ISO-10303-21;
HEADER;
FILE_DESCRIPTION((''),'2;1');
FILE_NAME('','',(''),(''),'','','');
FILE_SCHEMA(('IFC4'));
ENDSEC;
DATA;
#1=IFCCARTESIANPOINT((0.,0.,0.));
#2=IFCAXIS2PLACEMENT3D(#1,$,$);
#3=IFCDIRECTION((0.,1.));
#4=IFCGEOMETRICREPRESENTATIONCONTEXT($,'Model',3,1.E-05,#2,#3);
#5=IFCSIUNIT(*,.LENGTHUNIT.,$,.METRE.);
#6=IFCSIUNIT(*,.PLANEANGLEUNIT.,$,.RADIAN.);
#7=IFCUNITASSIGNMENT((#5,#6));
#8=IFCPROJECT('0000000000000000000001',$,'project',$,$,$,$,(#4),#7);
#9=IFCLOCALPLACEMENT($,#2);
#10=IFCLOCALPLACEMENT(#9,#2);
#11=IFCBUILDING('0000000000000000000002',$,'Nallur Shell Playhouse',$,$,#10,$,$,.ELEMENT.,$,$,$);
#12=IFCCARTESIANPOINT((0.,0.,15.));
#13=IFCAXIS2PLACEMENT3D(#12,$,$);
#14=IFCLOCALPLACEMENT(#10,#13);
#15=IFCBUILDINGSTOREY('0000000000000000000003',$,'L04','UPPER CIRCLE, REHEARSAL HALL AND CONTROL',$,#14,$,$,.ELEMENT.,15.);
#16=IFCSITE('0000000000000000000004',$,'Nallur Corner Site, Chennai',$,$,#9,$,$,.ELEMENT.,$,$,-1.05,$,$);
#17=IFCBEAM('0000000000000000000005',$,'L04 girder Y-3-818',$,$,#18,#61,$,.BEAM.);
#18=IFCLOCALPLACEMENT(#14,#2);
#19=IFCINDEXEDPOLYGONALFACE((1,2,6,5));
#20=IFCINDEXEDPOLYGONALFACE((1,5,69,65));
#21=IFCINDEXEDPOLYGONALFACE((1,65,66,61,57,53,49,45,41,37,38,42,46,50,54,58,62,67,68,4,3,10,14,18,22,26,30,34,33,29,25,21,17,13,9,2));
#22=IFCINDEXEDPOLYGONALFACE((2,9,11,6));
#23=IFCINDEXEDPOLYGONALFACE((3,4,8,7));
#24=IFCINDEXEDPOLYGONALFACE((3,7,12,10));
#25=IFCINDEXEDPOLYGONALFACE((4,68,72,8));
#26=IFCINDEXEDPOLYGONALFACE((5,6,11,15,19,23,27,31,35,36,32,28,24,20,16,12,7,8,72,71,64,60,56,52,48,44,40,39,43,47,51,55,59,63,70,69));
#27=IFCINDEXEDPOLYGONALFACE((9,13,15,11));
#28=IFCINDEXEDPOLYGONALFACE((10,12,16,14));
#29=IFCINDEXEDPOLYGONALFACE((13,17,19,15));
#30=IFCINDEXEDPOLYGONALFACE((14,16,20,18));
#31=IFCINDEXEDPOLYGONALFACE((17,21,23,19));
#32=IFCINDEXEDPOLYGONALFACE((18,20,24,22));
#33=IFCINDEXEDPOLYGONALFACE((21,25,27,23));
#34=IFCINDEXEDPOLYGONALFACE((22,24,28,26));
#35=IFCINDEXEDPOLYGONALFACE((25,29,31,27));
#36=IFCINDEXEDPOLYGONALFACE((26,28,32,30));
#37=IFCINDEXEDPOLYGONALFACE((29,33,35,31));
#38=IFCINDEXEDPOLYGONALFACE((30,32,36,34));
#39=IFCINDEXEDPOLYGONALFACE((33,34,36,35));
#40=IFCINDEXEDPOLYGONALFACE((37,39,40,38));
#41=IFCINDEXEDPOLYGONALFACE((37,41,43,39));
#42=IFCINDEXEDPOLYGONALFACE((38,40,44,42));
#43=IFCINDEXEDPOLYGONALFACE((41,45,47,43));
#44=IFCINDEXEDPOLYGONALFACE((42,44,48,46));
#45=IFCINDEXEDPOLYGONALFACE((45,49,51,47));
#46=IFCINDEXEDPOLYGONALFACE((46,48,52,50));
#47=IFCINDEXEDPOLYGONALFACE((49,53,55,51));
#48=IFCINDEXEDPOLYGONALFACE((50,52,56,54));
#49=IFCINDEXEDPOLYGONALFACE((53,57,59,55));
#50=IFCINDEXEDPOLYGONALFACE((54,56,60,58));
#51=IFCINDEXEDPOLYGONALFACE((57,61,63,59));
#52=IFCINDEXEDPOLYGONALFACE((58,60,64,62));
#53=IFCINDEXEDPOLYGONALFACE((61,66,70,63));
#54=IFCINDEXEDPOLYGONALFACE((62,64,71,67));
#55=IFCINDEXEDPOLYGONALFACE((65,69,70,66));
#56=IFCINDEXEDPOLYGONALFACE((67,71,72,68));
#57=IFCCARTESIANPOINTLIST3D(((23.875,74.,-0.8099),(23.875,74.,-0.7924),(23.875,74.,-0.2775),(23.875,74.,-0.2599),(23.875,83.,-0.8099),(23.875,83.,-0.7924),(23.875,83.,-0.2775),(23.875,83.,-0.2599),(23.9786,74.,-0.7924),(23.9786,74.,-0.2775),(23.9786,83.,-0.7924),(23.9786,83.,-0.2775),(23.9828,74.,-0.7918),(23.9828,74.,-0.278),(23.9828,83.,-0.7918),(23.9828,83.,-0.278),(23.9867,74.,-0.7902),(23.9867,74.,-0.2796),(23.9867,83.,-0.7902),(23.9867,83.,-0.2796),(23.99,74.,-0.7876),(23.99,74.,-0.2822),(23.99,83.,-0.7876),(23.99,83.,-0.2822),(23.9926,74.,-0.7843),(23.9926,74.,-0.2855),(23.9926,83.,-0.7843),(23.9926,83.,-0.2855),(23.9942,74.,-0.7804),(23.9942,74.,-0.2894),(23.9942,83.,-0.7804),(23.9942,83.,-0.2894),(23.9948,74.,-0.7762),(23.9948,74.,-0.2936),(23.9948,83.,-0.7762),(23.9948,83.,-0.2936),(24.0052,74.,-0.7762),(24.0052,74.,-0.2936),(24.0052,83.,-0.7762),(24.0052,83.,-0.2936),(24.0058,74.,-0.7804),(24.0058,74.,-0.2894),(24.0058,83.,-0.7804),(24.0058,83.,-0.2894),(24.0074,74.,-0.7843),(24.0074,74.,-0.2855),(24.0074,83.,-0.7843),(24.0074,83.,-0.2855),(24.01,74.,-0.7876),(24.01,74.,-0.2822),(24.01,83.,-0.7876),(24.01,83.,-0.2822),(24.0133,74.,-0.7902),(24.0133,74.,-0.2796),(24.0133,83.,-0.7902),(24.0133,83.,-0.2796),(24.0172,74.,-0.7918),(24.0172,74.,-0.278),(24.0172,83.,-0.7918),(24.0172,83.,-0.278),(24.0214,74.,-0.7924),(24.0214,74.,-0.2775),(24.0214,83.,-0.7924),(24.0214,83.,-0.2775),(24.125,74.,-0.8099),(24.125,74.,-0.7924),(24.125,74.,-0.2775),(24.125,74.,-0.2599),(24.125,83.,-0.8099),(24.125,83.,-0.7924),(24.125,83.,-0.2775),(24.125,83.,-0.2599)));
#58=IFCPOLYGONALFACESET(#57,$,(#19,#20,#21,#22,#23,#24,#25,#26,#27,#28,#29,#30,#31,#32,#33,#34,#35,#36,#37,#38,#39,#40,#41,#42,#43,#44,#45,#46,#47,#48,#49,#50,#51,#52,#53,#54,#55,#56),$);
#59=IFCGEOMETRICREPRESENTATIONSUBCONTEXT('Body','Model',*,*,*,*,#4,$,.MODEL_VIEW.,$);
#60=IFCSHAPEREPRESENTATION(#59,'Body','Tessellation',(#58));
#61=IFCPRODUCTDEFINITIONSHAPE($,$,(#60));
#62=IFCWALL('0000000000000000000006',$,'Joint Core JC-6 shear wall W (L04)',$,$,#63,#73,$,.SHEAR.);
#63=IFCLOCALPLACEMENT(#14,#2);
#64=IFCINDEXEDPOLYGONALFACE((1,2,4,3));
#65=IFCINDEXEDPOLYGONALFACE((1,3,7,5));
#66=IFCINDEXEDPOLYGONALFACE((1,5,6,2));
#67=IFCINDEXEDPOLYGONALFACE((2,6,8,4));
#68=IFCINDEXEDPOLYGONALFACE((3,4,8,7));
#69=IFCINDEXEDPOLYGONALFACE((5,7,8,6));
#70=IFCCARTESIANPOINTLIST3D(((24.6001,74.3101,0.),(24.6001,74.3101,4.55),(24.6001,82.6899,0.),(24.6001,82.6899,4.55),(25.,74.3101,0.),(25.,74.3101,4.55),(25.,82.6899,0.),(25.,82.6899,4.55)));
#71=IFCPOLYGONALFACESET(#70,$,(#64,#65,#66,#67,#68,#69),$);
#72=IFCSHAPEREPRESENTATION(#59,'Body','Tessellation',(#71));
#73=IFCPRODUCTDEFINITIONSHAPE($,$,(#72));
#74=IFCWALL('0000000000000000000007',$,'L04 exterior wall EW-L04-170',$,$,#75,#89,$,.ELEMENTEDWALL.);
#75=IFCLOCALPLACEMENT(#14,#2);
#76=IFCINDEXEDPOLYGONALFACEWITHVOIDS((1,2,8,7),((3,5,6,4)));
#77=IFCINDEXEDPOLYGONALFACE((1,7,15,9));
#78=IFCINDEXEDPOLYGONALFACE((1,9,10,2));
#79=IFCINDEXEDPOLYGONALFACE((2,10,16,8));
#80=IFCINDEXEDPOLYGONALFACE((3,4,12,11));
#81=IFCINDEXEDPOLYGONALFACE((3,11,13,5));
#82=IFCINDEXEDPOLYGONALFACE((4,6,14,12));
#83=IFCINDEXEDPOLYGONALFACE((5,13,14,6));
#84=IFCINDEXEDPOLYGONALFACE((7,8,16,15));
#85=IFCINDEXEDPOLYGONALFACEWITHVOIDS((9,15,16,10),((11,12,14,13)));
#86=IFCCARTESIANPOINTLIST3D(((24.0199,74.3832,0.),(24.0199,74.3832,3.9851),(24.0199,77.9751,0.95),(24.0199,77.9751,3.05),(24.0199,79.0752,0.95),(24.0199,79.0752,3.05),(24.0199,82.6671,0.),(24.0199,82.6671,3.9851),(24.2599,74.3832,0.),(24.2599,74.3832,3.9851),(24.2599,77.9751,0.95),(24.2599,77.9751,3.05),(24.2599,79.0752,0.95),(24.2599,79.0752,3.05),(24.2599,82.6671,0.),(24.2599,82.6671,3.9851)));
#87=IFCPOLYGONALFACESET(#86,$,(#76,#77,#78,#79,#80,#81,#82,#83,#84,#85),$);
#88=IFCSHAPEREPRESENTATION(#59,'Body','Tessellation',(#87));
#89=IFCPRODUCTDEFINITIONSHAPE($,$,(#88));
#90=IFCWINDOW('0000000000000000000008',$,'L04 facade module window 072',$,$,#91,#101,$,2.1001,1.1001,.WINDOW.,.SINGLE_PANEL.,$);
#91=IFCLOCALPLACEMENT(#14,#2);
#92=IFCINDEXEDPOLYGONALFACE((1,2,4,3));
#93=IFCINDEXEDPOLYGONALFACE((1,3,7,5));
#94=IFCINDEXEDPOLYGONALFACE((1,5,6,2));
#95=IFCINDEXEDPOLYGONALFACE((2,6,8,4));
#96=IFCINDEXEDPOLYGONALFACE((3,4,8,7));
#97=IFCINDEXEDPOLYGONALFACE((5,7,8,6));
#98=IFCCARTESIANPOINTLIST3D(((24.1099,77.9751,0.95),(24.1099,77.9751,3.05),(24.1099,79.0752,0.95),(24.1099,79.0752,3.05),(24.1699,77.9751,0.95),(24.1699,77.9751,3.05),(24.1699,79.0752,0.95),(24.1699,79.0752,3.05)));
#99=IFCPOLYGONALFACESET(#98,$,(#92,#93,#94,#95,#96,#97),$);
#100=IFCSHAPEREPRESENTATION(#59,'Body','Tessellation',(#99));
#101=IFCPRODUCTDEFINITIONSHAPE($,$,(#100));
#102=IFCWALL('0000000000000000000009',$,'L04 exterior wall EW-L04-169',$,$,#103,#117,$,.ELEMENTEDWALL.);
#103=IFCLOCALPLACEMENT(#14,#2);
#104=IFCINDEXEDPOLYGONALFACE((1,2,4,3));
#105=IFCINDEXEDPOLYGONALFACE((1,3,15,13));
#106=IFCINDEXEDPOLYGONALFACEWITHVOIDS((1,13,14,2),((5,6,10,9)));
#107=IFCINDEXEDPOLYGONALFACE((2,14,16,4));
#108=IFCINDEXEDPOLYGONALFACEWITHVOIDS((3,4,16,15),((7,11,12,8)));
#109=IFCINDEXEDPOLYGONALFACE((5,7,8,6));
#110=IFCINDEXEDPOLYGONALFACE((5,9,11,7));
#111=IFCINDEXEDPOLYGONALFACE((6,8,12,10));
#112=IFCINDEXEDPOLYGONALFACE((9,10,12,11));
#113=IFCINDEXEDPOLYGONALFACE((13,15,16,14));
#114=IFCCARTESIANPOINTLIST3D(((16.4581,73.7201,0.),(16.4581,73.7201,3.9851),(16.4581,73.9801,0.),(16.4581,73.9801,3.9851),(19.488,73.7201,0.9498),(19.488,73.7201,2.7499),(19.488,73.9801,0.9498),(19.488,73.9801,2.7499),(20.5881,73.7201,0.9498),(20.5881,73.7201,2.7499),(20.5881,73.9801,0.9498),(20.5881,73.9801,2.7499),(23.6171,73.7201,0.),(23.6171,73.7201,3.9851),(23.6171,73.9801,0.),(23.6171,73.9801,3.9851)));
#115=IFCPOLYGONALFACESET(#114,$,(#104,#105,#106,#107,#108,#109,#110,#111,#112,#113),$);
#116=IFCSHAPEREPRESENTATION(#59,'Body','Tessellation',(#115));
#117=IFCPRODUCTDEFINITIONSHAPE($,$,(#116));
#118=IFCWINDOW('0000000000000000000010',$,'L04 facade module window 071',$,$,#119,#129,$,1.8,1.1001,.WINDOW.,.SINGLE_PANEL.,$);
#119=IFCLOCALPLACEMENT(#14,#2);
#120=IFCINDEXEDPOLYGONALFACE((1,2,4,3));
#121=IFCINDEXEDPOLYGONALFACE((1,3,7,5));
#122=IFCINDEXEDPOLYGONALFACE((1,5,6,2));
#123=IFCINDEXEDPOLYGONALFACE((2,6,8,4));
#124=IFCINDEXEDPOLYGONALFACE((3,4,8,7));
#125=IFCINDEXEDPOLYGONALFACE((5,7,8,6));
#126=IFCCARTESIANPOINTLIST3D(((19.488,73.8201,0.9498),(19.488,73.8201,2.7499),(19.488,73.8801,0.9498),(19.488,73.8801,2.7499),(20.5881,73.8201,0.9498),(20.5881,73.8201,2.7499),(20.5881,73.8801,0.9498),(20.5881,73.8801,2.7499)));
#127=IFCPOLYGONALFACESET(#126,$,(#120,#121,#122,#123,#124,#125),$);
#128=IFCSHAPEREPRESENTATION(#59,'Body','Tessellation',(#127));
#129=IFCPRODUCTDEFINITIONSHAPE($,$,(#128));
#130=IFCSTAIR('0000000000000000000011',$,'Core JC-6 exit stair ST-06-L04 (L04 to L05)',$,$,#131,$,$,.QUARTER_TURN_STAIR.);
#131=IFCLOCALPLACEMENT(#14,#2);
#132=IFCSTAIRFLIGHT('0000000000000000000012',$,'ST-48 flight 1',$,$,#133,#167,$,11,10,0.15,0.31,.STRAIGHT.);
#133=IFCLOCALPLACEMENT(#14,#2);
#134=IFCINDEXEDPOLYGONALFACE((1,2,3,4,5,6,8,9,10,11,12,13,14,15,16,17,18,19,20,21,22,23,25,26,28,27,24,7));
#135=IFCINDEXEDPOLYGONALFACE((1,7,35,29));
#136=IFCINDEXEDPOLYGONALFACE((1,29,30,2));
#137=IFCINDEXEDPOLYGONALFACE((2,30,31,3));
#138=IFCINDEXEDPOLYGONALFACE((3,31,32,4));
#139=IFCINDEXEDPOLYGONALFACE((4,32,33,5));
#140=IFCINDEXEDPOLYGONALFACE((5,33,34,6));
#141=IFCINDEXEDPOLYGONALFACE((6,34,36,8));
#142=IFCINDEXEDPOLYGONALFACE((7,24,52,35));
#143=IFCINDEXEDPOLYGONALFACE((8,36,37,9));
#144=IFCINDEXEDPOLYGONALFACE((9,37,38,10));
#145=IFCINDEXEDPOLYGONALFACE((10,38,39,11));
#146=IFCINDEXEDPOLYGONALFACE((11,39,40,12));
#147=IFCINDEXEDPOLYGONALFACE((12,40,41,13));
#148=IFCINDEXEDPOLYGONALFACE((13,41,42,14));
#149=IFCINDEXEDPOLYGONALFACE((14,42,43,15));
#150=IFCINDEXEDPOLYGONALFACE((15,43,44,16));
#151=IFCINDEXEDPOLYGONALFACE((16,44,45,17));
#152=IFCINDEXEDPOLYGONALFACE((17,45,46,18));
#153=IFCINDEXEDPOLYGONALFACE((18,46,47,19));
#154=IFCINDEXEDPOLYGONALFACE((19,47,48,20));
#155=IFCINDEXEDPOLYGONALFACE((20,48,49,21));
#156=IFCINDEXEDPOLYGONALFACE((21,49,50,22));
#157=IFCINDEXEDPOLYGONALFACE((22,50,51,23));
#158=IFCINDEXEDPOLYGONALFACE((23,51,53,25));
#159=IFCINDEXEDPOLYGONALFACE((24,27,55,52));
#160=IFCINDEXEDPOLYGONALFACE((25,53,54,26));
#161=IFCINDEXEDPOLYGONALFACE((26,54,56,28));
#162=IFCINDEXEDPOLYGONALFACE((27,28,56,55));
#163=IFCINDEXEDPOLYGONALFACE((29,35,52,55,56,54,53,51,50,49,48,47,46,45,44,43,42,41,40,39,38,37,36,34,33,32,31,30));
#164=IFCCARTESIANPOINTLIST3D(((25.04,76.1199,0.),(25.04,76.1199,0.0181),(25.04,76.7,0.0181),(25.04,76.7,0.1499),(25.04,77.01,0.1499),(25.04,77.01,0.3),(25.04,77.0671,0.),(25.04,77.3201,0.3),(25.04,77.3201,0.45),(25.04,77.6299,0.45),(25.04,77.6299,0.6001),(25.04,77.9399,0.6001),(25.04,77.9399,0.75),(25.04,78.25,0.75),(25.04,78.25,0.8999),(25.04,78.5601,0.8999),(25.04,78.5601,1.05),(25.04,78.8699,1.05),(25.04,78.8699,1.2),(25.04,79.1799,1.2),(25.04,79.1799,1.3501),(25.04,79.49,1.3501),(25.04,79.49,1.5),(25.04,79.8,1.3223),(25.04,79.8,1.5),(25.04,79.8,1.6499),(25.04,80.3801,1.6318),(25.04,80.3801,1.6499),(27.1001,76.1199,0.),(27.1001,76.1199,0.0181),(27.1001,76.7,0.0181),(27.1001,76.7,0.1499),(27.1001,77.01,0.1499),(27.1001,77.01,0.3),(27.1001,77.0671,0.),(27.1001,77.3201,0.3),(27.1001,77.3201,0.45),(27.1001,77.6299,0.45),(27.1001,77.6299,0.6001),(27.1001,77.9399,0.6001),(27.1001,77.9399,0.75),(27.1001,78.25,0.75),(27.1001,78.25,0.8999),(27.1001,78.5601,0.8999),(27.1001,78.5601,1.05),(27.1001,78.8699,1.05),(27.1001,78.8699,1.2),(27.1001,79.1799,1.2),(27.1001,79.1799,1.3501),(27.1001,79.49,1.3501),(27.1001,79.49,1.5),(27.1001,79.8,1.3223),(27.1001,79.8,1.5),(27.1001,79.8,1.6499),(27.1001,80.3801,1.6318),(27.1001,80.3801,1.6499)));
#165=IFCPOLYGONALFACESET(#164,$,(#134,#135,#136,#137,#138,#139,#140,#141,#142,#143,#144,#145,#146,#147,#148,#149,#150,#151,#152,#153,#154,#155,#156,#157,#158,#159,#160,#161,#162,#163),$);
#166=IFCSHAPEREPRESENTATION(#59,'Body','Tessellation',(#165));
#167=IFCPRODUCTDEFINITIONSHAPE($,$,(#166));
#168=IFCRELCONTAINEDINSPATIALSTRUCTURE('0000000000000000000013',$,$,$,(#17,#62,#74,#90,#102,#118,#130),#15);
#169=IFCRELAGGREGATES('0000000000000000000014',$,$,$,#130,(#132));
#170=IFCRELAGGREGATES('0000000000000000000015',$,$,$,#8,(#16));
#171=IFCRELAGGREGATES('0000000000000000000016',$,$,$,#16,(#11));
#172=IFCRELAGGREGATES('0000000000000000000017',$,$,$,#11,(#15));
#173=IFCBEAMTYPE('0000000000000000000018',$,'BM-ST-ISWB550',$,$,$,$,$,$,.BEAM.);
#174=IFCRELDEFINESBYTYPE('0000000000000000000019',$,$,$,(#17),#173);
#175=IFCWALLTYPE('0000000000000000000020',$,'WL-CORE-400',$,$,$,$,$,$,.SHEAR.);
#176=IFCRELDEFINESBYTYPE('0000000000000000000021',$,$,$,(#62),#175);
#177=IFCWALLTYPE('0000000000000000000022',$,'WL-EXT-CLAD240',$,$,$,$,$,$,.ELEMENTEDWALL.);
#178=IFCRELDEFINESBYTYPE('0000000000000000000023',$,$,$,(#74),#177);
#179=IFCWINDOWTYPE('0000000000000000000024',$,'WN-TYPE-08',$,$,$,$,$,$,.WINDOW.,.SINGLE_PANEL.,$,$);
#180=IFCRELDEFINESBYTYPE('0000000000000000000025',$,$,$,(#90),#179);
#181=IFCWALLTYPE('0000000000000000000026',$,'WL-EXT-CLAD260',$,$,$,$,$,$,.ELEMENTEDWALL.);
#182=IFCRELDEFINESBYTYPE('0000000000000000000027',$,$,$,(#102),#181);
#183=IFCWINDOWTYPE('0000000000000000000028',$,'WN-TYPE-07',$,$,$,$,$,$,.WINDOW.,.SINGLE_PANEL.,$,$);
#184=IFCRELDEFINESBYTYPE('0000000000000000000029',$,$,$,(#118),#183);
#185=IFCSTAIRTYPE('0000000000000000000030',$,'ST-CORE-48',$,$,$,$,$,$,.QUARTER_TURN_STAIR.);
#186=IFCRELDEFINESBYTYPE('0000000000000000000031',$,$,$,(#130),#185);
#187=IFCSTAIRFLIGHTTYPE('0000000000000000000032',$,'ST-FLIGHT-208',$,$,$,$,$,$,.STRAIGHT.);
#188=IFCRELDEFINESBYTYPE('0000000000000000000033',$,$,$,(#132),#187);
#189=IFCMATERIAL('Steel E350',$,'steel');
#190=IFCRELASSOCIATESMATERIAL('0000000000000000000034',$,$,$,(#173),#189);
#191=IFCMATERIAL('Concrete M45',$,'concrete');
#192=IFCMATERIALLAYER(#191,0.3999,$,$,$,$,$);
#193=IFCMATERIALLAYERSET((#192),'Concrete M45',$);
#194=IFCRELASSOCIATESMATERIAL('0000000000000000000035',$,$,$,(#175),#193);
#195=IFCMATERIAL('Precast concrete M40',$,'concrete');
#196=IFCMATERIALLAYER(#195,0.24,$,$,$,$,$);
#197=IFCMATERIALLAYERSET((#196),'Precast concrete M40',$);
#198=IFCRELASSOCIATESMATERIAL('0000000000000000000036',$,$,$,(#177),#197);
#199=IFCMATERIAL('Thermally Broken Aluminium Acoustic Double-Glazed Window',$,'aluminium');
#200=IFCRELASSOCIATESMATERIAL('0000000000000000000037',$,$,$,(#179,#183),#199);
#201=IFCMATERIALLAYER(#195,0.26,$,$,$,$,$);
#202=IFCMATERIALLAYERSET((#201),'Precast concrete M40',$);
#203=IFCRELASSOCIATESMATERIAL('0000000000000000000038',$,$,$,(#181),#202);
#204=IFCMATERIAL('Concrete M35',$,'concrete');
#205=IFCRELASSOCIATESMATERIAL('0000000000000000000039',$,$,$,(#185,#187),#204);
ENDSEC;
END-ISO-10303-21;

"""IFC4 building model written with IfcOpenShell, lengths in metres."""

from ifc_helpers import new_model, si_unit, direction, frame, frame_2d, origin, origin_2d, place, context, subcontext, project, spatial, polyline, rectangle, i_section, outline, extrude, material, layer, layer_set, material_profile, profile_set, type_object, element, fill, aggregate, save


model = new_model("IFC4")

# Units and contexts
model_context = context("Model", 3, precision=1e-05, world=origin(), true_north=direction((0.0, 1.0)))
body_context = subcontext(model_context, "Body", "Model", "MODEL_VIEW")
ifc_project = project(units=[si_unit("LENGTHUNIT", "METRE"), si_unit("PLANEANGLEUNIT", "RADIAN")], contexts=[model_context])

# Site, building, storey
site_placement = place(None, origin())
site = spatial("IfcSite", under=ifc_project, at=site_placement, Name="Nallur Corner Site, Chennai", CompositionType="ELEMENT", RefElevation=-1.05)
building_placement = place(site_placement, origin())
building = spatial("IfcBuilding", under=site, at=building_placement, Name="Nallur Shell Playhouse", CompositionType="ELEMENT")
storey_placement = place(building_placement, frame((0.0, 0.0, 15.0)))
storey = spatial("IfcBuildingStorey", under=building, at=storey_placement, Name="L04", Description="UPPER CIRCLE, REHEARSAL HALL AND CONTROL", CompositionType="ELEMENT", Elevation=15.0)

# Shared definitions
ifc_material_1 = material(Name="Concrete M35", Category="concrete")
ifc_material_2 = material(Name="Steel E350", Category="steel")

# Beam
ifc_material_profile_1 = material_profile(ifc_material_2, i_section(OverallWidth=0.25, OverallDepth=0.55, WebThickness=0.0105, FlangeThickness=0.0176, FilletRadius=0.0161, at=origin_2d()), Name="ISWB 550")
ifc_profile_set_1 = profile_set([ifc_material_profile_1], Name="Steel E350")
beam_type_1 = type_object("IfcBeamType", Name="BM-ST-ISWB550", PredefinedType="BEAM", material=ifc_profile_set_1)
beam_1_placement = place(storey_placement, frame((24.0, 74.0, -0.5349), z_axis=(0.0, 1.0, 0.0), x_axis=(-1.0, 0.0, 0.0)))
element("IfcBeam", 1, at=beam_1_placement, inside=storey, type_object=beam_type_1, Name="L04 girder Y-3-818", PredefinedType="BEAM", context=body_context, shape_type="SweptSolid", body=[
    extrude(i_section(OverallWidth=0.25, OverallDepth=0.55, WebThickness=0.0105, FlangeThickness=0.0176, FilletRadius=0.0161, at=origin_2d()), origin(), (0.0, 0.0, 1.0), 9.0),
])

# Shared definitions
ifc_material_3 = material(Name="Concrete M45", Category="concrete")
ifc_layer_1 = layer(ifc_material_3, 0.3999)
ifc_layer_set_1 = layer_set([ifc_layer_1], Name="Concrete M45")
wall_type_1 = type_object("IfcWallType", Name="WL-CORE-400", PredefinedType="SHEAR", material=ifc_layer_set_1)

# Wall
wall_1_placement = place(storey_placement, frame((24.8, 82.6899, 0.0), z_axis=(0.0, 0.0, 1.0), x_axis=(0.0, -1.0, 0.0)))
element("IfcWall", 2, at=wall_1_placement, inside=storey, type_object=wall_type_1, Name="Joint Core JC-6 shear wall W (L04)", PredefinedType="SHEAR", context=body_context, shape_type="SweptSolid", body=[
    extrude(rectangle(XDim=8.3799, YDim=0.3999, at=frame_2d((4.1899, 0.0))), origin(), (0.0, 0.0, 1.0), 4.55),
])

# Walls, openings, windows
ifc_material_4 = material(Name="Precast concrete M40", Category="concrete")
ifc_layer_2 = layer(ifc_material_4, 0.24)
ifc_layer_set_2 = layer_set([ifc_layer_2], Name="Precast concrete M40")
wall_type_2 = type_object("IfcWallType", Name="WL-EXT-CLAD240", PredefinedType="ELEMENTEDWALL", material=ifc_layer_set_2)
wall_2_placement = place(storey_placement, frame((24.1399, 74.3831, 0.0), z_axis=(0.0, 0.0, 1.0), x_axis=(0.0, 1.0, 0.0)))
wall_2 = element("IfcWall", 3, at=wall_2_placement, inside=storey, type_object=wall_type_2, Name="L04 exterior wall EW-L04-170", PredefinedType="ELEMENTEDWALL", context=body_context, shape_type="SweptSolid", body=[
    extrude(rectangle(XDim=8.2839, YDim=0.24, at=frame_2d((4.1421, 0.0))), origin(), (0.0, 0.0, 1.0), 3.9851),
])
opening_1_placement = place(wall_2_placement, frame((3.592, 0.0, 0.95)))
opening_1 = element("IfcOpeningElement", 4, at=opening_1_placement, cuts=wall_2, PredefinedType="OPENING", context=body_context, shape_type="SweptSolid", body=[
    extrude(rectangle(XDim=1.1001, YDim=2.1001, at=frame_2d((0.55, 1.05))), frame((0.0, 0.1299, 0.0), z_axis=(0.0, -1.0, 0.0), x_axis=(1.0, 0.0, 0.0)), (0.0, 0.0, 1.0), 0.26),
])
ifc_material_5 = material(Name="Thermally Broken Aluminium Acoustic Double-Glazed Window", Category="aluminium")
window_type_1 = type_object("IfcWindowType", Name="WN-TYPE-08", PartitioningType="SINGLE_PANEL", PredefinedType="WINDOW", material=ifc_material_5)
window_1_placement = place(opening_1_placement, origin())
window_1 = element("IfcWindow", 5, at=window_1_placement, inside=storey, type_object=window_type_1, Name="L04 facade module window 072", OverallHeight=2.1001, OverallWidth=1.1001, PartitioningType="SINGLE_PANEL", PredefinedType="WINDOW", context=body_context, shape_type="SweptSolid", body=[
    extrude(rectangle(XDim=1.1001, YDim=2.1001, at=frame_2d((0.55, 1.05))), frame((0.0, 0.03, 0.0), z_axis=(0.0, -1.0, 0.0), x_axis=(1.0, 0.0, 0.0)), (0.0, 0.0, 1.0), 0.0601),
])
fill(opening_1, window_1)
ifc_layer_3 = layer(ifc_material_4, 0.26)
ifc_layer_set_3 = layer_set([ifc_layer_3], Name="Precast concrete M40")
wall_type_3 = type_object("IfcWallType", Name="WL-EXT-CLAD260", PredefinedType="ELEMENTEDWALL", material=ifc_layer_set_3)
wall_3_placement = place(storey_placement, frame((16.458, 73.8501, 0.0), z_axis=(0.0, 0.0, 1.0), x_axis=(1.0, 0.0, 0.0)))
wall_3 = element("IfcWall", 6, at=wall_3_placement, inside=storey, type_object=wall_type_3, Name="L04 exterior wall EW-L04-169", PredefinedType="ELEMENTEDWALL", context=body_context, shape_type="SweptSolid", body=[
    extrude(rectangle(XDim=7.1589, YDim=0.26, at=frame_2d((3.5796, 0.0))), origin(), (0.0, 0.0, 1.0), 3.9851),
])
opening_2_placement = place(wall_3_placement, frame((3.03, 0.0, 0.95)))
opening_2 = element("IfcOpeningElement", 7, at=opening_2_placement, cuts=wall_3, PredefinedType="OPENING", context=body_context, shape_type="SweptSolid", body=[
    extrude(rectangle(XDim=1.1001, YDim=1.8, at=frame_2d((0.55, 0.8999))), frame((0.0, 0.1401, 0.0), z_axis=(0.0, -1.0, 0.0), x_axis=(1.0, 0.0, 0.0)), (0.0, 0.0, 1.0), 0.28),
])
window_type_2 = type_object("IfcWindowType", Name="WN-TYPE-07", PartitioningType="SINGLE_PANEL", PredefinedType="WINDOW", material=ifc_material_5)
window_2_placement = place(opening_2_placement, origin())
window_2 = element("IfcWindow", 8, at=window_2_placement, inside=storey, type_object=window_type_2, Name="L04 facade module window 071", OverallHeight=1.8, OverallWidth=1.1001, PartitioningType="SINGLE_PANEL", PredefinedType="WINDOW", context=body_context, shape_type="SweptSolid", body=[
    extrude(rectangle(XDim=1.1001, YDim=1.8, at=frame_2d((0.55, 0.8999))), frame((0.0, 0.03, 0.0), z_axis=(0.0, -1.0, 0.0), x_axis=(1.0, 0.0, 0.0)), (0.0, 0.0, 1.0), 0.0601),
])
fill(opening_2, window_2)

# Stair, stair flight
stair_type = type_object("IfcStairType", Name="ST-CORE-48", PredefinedType="QUARTER_TURN_STAIR", material=ifc_material_1)
stair_placement = place(storey_placement, origin())
stair = element("IfcStair", 9, at=stair_placement, inside=storey, type_object=stair_type, Name="Core JC-6 exit stair ST-06-L04 (L04 to L05)", PredefinedType="QUARTER_TURN_STAIR")
stair_flight_type = type_object("IfcStairFlightType", Name="ST-FLIGHT-208", PredefinedType="STRAIGHT", material=ifc_material_1)
stair_flight_1_placement = place(storey_placement, frame((26.0701, 76.7, 0.0), z_axis=(0.0, 0.0, 1.0), x_axis=(0.0, 1.0, 0.0)))
stair_flight_1 = element("IfcStairFlight", 10, at=stair_flight_1_placement, type_object=stair_flight_type, Name="ST-48 flight 1", NumberOfRisers=11, NumberOfTreads=10, PredefinedType="STRAIGHT", RiserHeight=0.15, TreadLength=0.31, context=body_context, shape_type="SweptSolid", body=[
    extrude(outline(polyline([(-0.5801, 0.0), (-0.5801, 0.0181), (0.0, 0.0181), (0.0, 0.1499), (0.3101, 0.1499), (0.3101, 0.3), (0.6201, 0.3), (0.6201, 0.45), (0.9299, 0.45), (0.9299, 0.6001), (1.24, 0.6001), (1.24, 0.75), (1.55, 0.75), (1.55, 0.8999), (1.8601, 0.8999), (1.8601, 1.05), (2.1699, 1.05), (2.1699, 1.2), (2.48, 1.2), (2.48, 1.3501), (2.79, 1.3501), (2.79, 1.5), (3.1001, 1.5), (3.1001, 1.6499), (3.6802, 1.6499), (3.6802, 1.6318), (3.1001, 1.3223), (0.3672, 0.0), (-0.5801, 0.0)])), frame((0.0, 1.03, 0.0), z_axis=(0.0, -1.0, 0.0), x_axis=(1.0, 0.0, 0.0)), (0.0, 0.0, 1.0), 2.0601),
])
aggregate(stair, [stair_flight_1])

save(model, "model.ifc")
